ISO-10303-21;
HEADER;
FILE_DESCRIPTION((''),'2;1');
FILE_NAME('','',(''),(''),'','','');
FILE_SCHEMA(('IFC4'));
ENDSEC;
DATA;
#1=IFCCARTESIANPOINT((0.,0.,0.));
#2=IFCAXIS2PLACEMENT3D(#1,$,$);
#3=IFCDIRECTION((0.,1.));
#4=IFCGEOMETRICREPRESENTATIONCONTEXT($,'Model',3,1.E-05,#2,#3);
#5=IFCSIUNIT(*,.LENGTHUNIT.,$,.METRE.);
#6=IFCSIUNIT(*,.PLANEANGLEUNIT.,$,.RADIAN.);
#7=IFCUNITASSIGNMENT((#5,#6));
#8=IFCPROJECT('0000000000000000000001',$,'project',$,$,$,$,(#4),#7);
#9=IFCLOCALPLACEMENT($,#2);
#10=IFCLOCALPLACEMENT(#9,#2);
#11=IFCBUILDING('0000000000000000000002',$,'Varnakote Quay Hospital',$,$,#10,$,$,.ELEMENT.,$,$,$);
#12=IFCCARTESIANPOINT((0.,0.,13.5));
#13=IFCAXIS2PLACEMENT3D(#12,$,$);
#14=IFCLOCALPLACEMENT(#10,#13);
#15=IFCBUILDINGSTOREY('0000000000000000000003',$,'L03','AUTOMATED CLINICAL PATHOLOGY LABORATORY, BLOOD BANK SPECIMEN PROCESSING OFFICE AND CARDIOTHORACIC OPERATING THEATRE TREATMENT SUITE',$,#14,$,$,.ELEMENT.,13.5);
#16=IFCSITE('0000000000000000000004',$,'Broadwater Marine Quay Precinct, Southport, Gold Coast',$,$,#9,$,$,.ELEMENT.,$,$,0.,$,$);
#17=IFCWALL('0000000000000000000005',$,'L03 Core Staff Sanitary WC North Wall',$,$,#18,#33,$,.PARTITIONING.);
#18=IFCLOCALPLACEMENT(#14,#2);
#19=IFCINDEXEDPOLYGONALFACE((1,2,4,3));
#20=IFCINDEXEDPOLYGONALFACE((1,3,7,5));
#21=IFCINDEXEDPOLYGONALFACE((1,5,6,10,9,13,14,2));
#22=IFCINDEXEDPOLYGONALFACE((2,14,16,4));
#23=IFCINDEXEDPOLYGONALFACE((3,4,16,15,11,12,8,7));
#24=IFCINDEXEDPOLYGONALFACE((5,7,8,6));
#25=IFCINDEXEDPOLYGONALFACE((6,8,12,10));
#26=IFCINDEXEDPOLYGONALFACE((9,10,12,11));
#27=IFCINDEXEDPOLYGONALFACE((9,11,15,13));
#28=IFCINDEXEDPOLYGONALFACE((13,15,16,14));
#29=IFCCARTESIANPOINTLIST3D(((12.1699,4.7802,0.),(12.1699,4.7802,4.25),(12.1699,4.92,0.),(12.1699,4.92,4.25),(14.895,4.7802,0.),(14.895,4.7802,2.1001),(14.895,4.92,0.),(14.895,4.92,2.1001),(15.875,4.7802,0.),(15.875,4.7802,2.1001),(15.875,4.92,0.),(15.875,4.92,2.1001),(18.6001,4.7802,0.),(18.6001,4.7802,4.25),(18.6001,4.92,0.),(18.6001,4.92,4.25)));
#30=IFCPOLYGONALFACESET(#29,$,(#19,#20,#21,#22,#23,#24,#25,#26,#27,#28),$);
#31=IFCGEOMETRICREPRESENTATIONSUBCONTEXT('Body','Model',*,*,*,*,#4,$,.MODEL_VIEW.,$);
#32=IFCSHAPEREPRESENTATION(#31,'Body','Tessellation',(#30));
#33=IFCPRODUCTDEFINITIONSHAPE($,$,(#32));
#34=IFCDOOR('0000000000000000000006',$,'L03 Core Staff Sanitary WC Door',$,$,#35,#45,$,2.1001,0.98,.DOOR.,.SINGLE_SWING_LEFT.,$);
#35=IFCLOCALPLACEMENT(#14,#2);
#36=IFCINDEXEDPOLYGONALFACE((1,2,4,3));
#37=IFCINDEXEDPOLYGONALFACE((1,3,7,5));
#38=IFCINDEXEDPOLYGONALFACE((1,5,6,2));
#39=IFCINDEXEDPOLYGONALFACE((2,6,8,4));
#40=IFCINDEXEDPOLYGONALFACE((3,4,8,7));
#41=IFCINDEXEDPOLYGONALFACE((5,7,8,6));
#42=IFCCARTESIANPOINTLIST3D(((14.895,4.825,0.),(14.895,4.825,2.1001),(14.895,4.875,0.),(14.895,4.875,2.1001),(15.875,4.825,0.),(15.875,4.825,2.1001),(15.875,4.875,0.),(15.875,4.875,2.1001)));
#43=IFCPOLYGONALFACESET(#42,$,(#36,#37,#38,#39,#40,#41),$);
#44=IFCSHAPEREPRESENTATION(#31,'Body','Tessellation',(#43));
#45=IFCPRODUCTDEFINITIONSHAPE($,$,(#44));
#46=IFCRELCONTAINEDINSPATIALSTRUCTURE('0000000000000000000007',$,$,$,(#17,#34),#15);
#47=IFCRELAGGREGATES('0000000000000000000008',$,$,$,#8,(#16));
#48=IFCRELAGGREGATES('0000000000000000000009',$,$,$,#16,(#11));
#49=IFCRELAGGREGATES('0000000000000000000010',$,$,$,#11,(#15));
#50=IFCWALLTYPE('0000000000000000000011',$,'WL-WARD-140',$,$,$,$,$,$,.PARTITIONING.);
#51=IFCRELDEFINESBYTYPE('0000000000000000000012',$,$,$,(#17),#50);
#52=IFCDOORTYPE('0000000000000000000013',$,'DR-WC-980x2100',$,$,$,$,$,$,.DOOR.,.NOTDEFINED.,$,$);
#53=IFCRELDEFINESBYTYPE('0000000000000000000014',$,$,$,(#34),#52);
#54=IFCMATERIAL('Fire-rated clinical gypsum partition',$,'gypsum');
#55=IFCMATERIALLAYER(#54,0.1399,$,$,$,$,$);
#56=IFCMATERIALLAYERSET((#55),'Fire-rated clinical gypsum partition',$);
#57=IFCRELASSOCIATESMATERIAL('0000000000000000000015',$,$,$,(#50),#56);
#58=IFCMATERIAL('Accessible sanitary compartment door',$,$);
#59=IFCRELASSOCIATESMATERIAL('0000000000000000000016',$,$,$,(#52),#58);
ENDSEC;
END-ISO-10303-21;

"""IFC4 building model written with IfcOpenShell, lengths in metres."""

from ifc_helpers import new_model, si_unit, direction, frame, frame_2d, origin, place, context, subcontext, project, spatial, rectangle, extrude, material, layer, layer_set, type_object, element, fill, save


model = new_model("IFC4")

# Units and contexts
model_context = context("Model", 3, precision=1e-05, world=origin(), true_north=direction((0.0, 1.0)))
body_context = subcontext(model_context, "Body", "Model", "MODEL_VIEW")
ifc_project = project(units=[si_unit("LENGTHUNIT", "METRE"), si_unit("PLANEANGLEUNIT", "RADIAN")], contexts=[model_context])

# Site, building, storey
site_placement = place(None, origin())
site = spatial("IfcSite", under=ifc_project, at=site_placement, Name="Broadwater Marine Quay Precinct, Southport, Gold Coast", CompositionType="ELEMENT", RefElevation=0.0)
building_placement = place(site_placement, origin())
building = spatial("IfcBuilding", under=site, at=building_placement, Name="Varnakote Quay Hospital", CompositionType="ELEMENT")
storey_placement = place(building_placement, frame((0.0, 0.0, 13.5)))
storey = spatial("IfcBuildingStorey", under=building, at=storey_placement, Name="L03", Description="AUTOMATED CLINICAL PATHOLOGY LABORATORY, BLOOD BANK SPECIMEN PROCESSING OFFICE AND CARDIOTHORACIC OPERATING THEATRE TREATMENT SUITE", CompositionType="ELEMENT", Elevation=13.5)

# Wall, opening, door
ifc_material_1 = material(Name="Fire-rated clinical gypsum partition", Category="gypsum")
ifc_layer_1 = layer(ifc_material_1, 0.1399)
ifc_layer_set_1 = layer_set([ifc_layer_1], Name="Fire-rated clinical gypsum partition")
wall_type_1 = type_object("IfcWallType", Name="WL-WARD-140", PredefinedType="PARTITIONING", material=ifc_layer_set_1)
wall_1_placement = place(storey_placement, frame((12.1699, 4.8501, 0.0), z_axis=(0.0, 0.0, 1.0), x_axis=(1.0, 0.0, 0.0)))
wall_1 = element("IfcWall", 1, at=wall_1_placement, inside=storey, type_object=wall_type_1, Name="L03 Core Staff Sanitary WC North Wall", PredefinedType="PARTITIONING", context=body_context, shape_type="SweptSolid", body=[
    extrude(rectangle(XDim=6.4302, YDim=0.1399, at=frame_2d((3.2151, 0.0))), origin(), (0.0, 0.0, 1.0), 4.25),
])
opening_1_placement = place(wall_1_placement, frame((2.7251, 0.0, 0.0)))
opening_1 = element("IfcOpeningElement", 2, at=opening_1_placement, cuts=wall_1, PredefinedType="OPENING", context=body_context, shape_type="SweptSolid", body=[
    extrude(rectangle(XDim=0.98, YDim=2.1001, at=frame_2d((0.49, 1.05))), frame((0.0, 0.0798, 0.0), z_axis=(0.0, -1.0, 0.0), x_axis=(1.0, 0.0, 0.0)), (0.0, 0.0, 1.0), 0.1599),
])
ifc_material_2 = material(Name="Accessible sanitary compartment door")
door_type_1 = type_object("IfcDoorType", Name="DR-WC-980x2100", OperationType="NOTDEFINED", PredefinedType="DOOR", material=ifc_material_2)
door_1_placement = place(opening_1_placement, origin())
door_1 = element("IfcDoor", 3, at=door_1_placement, inside=storey, type_object=door_type_1, Name="L03 Core Staff Sanitary WC Door", OperationType="SINGLE_SWING_LEFT", OverallHeight=2.1001, OverallWidth=0.98, PredefinedType="DOOR", context=body_context, shape_type="SweptSolid", body=[
    extrude(rectangle(XDim=0.98, YDim=2.1001, at=frame_2d((0.49, 1.05))), frame((0.0, 0.0249, 0.0), z_axis=(0.0, -1.0, 0.0), x_axis=(1.0, 0.0, 0.0)), (0.0, 0.0, 1.0), 0.05),
])
fill(opening_1, door_1)

save(model, "model.ifc")
